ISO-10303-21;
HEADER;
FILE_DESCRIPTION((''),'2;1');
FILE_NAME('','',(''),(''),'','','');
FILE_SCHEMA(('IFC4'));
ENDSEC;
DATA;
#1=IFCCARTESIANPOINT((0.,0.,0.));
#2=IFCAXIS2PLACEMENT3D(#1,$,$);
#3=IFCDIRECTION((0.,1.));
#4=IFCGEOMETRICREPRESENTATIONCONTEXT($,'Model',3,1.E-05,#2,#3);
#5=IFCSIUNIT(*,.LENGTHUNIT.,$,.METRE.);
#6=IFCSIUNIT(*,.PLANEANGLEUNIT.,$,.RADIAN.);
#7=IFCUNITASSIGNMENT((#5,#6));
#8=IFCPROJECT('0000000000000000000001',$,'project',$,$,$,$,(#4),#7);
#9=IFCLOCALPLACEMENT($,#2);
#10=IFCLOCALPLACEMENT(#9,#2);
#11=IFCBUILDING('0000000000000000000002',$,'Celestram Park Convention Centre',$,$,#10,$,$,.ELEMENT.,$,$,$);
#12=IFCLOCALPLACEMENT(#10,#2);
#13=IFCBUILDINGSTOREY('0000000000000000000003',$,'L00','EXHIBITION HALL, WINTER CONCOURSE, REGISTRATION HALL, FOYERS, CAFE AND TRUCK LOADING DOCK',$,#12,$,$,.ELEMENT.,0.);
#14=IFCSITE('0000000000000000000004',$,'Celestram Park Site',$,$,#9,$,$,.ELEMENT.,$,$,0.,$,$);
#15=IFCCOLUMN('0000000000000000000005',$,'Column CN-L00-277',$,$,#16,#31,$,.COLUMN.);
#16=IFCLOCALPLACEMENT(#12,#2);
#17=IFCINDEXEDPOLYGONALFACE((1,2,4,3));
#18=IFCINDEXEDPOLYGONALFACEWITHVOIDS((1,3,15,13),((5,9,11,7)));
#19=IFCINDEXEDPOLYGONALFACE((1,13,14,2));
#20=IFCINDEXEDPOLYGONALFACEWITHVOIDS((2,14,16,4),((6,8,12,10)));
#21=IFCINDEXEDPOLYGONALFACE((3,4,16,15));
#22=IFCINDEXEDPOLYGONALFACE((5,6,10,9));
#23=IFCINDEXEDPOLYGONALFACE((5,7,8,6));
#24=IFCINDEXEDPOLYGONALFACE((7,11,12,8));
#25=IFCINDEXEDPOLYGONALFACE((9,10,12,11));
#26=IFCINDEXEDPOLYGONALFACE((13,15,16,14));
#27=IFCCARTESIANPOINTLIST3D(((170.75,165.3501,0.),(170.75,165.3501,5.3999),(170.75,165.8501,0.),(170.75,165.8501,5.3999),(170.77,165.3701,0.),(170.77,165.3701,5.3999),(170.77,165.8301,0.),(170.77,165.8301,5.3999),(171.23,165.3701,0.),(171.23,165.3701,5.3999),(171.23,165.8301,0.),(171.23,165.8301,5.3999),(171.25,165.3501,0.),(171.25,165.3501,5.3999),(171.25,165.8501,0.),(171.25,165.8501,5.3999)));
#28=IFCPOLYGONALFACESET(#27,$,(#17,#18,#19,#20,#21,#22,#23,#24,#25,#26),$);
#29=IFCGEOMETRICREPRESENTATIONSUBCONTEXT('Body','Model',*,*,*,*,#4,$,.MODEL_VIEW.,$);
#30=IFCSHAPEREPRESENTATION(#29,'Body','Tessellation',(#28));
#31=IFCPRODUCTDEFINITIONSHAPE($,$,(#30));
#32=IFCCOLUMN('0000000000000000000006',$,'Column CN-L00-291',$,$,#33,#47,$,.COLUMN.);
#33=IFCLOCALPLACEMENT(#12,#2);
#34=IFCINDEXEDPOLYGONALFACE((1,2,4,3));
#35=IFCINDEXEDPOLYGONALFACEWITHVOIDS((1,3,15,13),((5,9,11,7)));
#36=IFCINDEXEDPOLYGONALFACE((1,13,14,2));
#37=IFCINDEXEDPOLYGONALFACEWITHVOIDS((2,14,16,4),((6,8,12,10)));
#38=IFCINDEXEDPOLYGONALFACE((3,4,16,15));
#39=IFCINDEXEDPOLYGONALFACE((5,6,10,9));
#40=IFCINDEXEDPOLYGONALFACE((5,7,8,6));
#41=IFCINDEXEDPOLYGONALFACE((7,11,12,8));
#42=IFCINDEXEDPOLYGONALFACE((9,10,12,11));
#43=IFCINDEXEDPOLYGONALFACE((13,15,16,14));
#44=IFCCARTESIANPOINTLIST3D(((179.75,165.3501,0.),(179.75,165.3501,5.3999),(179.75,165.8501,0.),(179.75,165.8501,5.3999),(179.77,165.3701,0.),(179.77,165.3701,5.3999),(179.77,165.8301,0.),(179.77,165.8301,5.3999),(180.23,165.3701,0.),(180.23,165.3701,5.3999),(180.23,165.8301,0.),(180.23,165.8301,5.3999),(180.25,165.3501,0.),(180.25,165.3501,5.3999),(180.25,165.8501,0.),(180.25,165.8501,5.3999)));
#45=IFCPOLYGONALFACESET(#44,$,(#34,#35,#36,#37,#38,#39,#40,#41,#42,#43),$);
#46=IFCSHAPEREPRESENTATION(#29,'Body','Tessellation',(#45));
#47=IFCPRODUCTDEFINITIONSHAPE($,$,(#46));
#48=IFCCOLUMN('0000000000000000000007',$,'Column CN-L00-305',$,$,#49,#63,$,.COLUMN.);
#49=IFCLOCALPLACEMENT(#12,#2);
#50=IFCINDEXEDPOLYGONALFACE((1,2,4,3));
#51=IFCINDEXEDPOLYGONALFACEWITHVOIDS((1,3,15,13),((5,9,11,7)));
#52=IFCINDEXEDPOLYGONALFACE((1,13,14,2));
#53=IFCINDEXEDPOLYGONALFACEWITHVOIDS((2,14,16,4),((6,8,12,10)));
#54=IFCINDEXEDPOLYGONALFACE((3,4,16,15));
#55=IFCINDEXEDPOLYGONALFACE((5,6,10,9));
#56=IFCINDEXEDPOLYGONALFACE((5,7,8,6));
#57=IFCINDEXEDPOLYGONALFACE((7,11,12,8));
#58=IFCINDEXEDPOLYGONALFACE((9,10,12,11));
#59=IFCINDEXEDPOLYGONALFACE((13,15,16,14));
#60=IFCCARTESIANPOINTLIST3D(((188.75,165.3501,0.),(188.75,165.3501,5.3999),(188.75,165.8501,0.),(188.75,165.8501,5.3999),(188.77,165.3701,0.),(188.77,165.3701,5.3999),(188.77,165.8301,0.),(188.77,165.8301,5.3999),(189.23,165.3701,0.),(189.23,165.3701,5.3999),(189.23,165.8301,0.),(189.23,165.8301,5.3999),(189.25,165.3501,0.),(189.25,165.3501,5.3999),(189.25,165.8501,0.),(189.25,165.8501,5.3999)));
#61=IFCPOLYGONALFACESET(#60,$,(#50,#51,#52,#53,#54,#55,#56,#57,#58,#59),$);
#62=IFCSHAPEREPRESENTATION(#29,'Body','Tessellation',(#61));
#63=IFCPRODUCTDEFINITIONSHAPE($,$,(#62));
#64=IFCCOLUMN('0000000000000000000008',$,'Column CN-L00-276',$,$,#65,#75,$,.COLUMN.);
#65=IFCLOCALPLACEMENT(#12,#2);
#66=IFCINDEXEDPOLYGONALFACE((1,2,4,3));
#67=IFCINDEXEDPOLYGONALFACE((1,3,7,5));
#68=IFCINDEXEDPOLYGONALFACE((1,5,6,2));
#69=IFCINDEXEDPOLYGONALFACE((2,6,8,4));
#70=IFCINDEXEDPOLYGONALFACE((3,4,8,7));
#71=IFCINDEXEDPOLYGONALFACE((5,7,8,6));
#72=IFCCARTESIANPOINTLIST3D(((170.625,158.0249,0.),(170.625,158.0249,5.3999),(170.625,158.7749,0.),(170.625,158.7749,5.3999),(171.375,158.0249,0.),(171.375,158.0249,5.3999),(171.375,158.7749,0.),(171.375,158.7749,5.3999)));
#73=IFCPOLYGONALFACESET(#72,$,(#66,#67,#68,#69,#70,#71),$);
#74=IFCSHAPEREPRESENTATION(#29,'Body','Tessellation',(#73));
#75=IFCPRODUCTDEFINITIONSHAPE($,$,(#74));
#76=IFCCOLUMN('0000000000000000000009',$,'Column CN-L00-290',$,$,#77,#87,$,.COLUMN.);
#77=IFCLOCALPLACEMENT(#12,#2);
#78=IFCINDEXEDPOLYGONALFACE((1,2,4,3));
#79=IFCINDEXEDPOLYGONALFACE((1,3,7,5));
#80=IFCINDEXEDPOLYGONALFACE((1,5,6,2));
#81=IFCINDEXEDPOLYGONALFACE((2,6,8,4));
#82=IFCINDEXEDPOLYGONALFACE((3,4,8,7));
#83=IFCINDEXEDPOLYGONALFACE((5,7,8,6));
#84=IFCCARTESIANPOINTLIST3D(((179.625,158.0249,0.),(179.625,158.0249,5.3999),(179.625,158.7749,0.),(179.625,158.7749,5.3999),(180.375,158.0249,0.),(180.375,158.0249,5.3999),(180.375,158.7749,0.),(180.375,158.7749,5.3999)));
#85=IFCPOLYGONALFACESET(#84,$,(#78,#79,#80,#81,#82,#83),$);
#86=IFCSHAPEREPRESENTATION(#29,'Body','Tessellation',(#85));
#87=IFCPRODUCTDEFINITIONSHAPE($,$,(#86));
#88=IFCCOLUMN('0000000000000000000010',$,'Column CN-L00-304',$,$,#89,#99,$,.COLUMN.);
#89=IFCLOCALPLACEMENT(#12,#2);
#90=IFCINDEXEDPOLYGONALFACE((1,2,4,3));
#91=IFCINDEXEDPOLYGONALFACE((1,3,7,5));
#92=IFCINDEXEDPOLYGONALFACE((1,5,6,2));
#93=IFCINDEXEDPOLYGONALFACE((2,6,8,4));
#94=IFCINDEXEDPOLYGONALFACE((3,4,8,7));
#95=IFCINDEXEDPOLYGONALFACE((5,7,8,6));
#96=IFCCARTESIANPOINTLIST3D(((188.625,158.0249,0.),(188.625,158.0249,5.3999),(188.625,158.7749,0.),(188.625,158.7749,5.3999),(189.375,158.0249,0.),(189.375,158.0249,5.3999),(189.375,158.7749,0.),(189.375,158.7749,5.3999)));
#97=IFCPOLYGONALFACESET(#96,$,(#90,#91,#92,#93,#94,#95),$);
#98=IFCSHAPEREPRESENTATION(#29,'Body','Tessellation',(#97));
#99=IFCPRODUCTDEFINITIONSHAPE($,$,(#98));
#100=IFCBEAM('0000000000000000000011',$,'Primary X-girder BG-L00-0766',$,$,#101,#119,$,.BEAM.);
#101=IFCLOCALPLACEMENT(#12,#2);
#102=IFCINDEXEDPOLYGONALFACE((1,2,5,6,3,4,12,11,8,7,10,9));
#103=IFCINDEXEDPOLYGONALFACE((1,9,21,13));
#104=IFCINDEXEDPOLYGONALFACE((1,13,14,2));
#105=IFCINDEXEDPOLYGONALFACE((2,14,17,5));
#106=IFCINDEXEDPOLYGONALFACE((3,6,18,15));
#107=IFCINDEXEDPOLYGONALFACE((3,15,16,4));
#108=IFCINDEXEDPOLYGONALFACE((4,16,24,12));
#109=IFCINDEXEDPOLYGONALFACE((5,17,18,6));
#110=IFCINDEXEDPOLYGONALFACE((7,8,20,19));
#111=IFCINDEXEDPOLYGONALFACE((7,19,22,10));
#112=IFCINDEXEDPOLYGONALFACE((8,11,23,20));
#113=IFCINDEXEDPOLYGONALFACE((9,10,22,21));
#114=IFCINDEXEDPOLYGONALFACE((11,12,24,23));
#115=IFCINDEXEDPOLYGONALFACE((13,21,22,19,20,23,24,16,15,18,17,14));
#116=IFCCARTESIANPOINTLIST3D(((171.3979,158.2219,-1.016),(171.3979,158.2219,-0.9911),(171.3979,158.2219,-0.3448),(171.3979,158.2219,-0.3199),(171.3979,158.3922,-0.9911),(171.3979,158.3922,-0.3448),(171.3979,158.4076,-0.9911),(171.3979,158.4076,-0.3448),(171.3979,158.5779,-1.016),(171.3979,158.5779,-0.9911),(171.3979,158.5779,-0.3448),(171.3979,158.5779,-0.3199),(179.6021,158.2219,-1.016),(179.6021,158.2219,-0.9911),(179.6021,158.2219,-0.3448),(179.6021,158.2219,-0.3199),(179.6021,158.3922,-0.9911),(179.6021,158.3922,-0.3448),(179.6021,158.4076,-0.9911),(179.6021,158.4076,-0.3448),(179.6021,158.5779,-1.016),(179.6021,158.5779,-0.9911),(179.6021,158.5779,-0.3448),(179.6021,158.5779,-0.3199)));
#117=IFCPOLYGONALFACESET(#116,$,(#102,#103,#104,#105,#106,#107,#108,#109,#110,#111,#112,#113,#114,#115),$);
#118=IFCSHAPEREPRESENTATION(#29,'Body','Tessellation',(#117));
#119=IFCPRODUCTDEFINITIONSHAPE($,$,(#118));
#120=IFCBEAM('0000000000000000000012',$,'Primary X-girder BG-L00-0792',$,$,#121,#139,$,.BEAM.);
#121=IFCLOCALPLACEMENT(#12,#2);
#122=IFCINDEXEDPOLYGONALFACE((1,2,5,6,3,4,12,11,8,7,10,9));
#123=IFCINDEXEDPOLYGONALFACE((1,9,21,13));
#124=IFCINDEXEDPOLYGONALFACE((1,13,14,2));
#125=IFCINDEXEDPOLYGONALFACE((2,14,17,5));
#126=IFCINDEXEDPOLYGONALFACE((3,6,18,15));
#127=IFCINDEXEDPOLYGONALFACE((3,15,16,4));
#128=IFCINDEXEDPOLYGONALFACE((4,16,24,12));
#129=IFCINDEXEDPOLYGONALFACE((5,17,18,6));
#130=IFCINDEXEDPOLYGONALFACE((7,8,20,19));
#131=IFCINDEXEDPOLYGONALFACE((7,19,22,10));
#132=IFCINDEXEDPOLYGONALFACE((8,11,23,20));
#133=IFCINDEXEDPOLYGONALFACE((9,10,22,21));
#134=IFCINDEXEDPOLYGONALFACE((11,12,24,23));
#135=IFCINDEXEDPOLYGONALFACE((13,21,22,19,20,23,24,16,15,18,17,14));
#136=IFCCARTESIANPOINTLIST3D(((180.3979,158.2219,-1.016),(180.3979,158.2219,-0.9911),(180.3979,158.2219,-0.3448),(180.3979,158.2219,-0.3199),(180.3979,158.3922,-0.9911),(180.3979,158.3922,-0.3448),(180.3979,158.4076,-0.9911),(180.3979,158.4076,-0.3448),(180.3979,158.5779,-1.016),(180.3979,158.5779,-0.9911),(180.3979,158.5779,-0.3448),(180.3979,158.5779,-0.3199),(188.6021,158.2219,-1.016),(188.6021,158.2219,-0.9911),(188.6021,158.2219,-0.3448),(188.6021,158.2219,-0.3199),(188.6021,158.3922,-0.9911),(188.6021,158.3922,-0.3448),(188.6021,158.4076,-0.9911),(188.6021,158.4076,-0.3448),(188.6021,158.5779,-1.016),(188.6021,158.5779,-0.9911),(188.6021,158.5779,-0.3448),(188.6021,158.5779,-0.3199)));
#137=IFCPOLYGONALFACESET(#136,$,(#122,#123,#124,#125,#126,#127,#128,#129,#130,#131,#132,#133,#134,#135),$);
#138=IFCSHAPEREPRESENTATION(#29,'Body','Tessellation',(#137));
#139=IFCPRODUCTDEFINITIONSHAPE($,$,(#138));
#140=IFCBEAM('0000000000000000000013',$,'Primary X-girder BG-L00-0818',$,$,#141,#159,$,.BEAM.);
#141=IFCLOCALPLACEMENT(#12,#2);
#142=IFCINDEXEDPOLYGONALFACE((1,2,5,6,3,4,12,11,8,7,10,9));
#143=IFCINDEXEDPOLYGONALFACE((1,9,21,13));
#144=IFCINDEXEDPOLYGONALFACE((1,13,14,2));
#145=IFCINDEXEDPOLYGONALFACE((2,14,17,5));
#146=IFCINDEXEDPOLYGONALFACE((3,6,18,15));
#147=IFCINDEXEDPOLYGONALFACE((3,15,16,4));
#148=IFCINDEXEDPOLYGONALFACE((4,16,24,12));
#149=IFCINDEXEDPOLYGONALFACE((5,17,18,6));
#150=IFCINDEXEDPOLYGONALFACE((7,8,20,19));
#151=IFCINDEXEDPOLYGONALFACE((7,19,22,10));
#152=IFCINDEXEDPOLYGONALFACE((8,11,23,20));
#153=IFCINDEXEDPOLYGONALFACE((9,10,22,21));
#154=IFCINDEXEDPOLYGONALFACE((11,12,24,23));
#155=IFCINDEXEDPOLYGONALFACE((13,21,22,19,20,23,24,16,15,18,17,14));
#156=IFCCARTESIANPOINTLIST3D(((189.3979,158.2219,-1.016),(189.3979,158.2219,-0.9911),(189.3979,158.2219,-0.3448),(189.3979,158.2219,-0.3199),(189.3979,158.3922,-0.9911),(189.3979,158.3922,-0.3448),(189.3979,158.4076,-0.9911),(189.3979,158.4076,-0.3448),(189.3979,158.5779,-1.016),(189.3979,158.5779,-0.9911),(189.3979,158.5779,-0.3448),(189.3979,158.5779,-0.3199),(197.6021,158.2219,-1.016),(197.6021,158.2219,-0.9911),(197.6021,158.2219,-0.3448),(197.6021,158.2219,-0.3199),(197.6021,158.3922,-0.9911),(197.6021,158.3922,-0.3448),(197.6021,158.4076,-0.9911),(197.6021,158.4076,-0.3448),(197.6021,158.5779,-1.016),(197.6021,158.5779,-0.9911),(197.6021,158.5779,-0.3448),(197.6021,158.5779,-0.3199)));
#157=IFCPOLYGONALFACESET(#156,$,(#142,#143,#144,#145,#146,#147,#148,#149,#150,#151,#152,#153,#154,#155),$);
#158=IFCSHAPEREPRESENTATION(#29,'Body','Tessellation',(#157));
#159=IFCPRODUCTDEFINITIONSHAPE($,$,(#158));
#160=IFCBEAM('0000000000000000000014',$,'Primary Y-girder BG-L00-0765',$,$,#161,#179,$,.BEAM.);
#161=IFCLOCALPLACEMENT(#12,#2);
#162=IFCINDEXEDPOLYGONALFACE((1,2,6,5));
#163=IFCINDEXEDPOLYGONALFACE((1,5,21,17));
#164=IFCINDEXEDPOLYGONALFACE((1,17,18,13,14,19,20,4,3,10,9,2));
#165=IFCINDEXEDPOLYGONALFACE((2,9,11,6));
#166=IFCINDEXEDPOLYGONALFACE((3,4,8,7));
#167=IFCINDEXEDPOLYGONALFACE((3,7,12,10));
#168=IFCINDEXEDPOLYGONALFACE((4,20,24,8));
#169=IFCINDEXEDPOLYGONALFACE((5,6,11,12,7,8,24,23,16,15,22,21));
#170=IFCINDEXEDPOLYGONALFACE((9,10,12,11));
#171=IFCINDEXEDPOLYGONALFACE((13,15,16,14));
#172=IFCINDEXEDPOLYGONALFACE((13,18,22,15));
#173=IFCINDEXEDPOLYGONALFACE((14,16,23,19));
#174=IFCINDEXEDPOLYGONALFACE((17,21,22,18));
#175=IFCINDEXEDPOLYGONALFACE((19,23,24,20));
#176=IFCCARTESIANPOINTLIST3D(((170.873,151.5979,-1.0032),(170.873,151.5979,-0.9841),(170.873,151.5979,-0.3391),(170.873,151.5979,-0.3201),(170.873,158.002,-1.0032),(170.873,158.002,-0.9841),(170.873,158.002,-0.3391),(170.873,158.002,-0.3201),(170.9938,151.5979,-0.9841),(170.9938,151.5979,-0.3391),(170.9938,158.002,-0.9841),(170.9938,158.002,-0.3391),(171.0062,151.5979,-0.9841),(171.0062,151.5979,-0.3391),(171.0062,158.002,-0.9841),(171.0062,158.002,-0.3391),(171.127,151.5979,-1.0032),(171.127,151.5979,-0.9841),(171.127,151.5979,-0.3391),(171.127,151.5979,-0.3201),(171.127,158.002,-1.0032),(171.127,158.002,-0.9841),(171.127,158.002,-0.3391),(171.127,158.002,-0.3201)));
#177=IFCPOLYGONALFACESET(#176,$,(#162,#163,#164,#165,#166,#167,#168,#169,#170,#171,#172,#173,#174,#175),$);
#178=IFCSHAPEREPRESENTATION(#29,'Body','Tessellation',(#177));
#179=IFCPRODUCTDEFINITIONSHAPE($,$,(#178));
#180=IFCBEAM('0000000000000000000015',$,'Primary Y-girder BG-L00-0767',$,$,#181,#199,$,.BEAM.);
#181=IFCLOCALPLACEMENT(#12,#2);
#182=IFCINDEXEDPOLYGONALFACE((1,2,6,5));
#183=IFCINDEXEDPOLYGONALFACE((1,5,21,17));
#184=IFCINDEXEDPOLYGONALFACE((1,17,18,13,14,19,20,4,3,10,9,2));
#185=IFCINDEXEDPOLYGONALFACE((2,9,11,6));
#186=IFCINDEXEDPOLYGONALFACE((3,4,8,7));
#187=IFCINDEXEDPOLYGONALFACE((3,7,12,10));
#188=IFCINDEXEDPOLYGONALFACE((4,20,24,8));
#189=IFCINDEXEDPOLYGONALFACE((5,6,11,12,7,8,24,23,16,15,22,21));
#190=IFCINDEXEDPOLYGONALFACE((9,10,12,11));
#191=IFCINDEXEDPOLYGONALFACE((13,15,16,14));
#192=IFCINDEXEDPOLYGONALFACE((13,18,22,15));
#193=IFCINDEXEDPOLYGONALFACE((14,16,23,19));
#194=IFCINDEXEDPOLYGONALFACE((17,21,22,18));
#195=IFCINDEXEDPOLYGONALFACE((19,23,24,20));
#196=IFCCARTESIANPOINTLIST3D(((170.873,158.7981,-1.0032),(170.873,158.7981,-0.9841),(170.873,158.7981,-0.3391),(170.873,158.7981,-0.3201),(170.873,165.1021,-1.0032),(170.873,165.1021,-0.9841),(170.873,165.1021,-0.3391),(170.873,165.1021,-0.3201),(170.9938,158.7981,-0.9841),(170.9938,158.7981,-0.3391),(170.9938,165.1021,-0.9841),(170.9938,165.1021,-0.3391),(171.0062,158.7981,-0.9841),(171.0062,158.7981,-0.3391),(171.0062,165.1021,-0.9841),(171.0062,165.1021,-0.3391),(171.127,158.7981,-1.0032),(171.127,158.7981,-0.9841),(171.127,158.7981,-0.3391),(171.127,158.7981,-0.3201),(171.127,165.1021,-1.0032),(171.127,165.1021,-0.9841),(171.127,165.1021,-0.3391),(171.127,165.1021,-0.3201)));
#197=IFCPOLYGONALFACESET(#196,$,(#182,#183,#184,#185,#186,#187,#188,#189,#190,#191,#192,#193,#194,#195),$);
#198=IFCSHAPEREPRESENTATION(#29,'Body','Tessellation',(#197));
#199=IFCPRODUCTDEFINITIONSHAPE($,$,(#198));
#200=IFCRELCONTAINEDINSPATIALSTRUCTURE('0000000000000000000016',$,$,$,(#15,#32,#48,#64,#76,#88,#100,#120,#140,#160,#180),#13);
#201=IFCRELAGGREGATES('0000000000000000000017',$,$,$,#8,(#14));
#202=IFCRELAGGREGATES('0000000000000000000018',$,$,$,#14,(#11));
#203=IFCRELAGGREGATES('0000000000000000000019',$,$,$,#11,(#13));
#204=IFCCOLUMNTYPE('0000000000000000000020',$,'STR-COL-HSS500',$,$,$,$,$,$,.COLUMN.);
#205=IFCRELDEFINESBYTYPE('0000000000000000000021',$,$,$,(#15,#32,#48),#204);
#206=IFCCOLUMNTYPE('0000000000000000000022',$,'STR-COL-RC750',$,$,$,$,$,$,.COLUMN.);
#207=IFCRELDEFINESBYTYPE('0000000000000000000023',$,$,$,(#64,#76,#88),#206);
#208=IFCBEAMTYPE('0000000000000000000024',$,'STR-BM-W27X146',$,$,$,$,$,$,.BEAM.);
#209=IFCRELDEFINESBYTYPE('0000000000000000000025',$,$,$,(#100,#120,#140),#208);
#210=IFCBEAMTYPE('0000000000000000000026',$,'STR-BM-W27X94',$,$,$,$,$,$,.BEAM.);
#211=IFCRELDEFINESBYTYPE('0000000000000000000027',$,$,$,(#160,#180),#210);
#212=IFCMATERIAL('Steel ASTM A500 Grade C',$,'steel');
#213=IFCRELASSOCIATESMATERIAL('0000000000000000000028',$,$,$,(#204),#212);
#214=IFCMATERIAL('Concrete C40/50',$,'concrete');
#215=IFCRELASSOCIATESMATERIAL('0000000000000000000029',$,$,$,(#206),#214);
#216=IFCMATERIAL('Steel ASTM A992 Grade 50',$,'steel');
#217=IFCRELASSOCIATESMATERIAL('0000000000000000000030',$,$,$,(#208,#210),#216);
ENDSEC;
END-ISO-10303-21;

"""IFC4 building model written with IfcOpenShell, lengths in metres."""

from ifc_helpers import new_model, si_unit, direction, frame, origin, origin_2d, place, context, subcontext, project, spatial, rectangle, hollow_rectangle, i_section, extrude, material, material_profile, profile_set, type_object, element, save


model = new_model("IFC4")

# Units and contexts
model_context = context("Model", 3, precision=1e-05, world=origin(), true_north=direction((0.0, 1.0)))
body_context = subcontext(model_context, "Body", "Model", "MODEL_VIEW")
ifc_project = project(units=[si_unit("LENGTHUNIT", "METRE"), si_unit("PLANEANGLEUNIT", "RADIAN")], contexts=[model_context])

# Site, building, storey
site_placement = place(None, origin())
site = spatial("IfcSite", under=ifc_project, at=site_placement, Name="Celestram Park Site", CompositionType="ELEMENT", RefElevation=0.0)
building_placement = place(site_placement, origin())
building = spatial("IfcBuilding", under=site, at=building_placement, Name="Celestram Park Convention Centre", CompositionType="ELEMENT")
storey_placement = place(building_placement, origin())
storey = spatial("IfcBuildingStorey", under=building, at=storey_placement, Name="L00", Description="EXHIBITION HALL, WINTER CONCOURSE, REGISTRATION HALL, FOYERS, CAFE AND TRUCK LOADING DOCK", CompositionType="ELEMENT", Elevation=0.0)

# Columns
ifc_material_1 = material(Name="Steel ASTM A500 Grade C", Category="steel")
ifc_material_profile_1 = material_profile(ifc_material_1, hollow_rectangle(XDim=0.5, YDim=0.5, WallThickness=0.02, at=origin_2d()), Name="HSS500X500X20")
ifc_profile_set_1 = profile_set([ifc_material_profile_1], Name="Steel ASTM A500 Grade C")
column_type_1 = type_object("IfcColumnType", Name="STR-COL-HSS500", PredefinedType="COLUMN", material=ifc_profile_set_1)
for number, where, z_axis, x_axis, name in (
    (1, (171.0, 165.6001, 0.0), (0.0, 0.0, 1.0), (1.0, 0.0, 0.0), "Column CN-L00-277"),
    (2, (180.0, 165.6001, 0.0), (0.0, 0.0, 1.0), (1.0, 0.0, 0.0), "Column CN-L00-291"),
    (3, (189.0, 165.6001, 0.0), (0.0, 0.0, 1.0), (1.0, 0.0, 0.0), "Column CN-L00-305"),
):
    element("IfcColumn", number, at=place(storey_placement, frame(where, z_axis=z_axis, x_axis=x_axis)), inside=storey, type_object=column_type_1, Name=name, PredefinedType="COLUMN", context=body_context, shape_type="SweptSolid", body=[
        extrude(hollow_rectangle(XDim=0.5, YDim=0.5, WallThickness=0.02, at=origin_2d()), origin(), (0.0, 0.0, 1.0), 5.3999),
    ])
ifc_material_2 = material(Name="Concrete C40/50", Category="concrete")
ifc_material_profile_2 = material_profile(ifc_material_2, rectangle(XDim=0.75, YDim=0.75, at=origin_2d()), Name="RC750X750")
ifc_profile_set_2 = profile_set([ifc_material_profile_2], Name="Concrete C40/50")
column_type_2 = type_object("IfcColumnType", Name="STR-COL-RC750", PredefinedType="COLUMN", material=ifc_profile_set_2)
for number, where, z_axis, x_axis, name in (
    (4, (171.0, 158.3999, 0.0), (0.0, 0.0, 1.0), (1.0, 0.0, 0.0), "Column CN-L00-276"),
    (5, (180.0, 158.3999, 0.0), (0.0, 0.0, 1.0), (1.0, 0.0, 0.0), "Column CN-L00-290"),
    (6, (189.0, 158.3999, 0.0), (0.0, 0.0, 1.0), (1.0, 0.0, 0.0), "Column CN-L00-304"),
):
    element("IfcColumn", number, at=place(storey_placement, frame(where, z_axis=z_axis, x_axis=x_axis)), inside=storey, type_object=column_type_2, Name=name, PredefinedType="COLUMN", context=body_context, shape_type="SweptSolid", body=[
        extrude(rectangle(XDim=0.75, YDim=0.75, at=origin_2d()), origin(), (0.0, 0.0, 1.0), 5.3999),
    ])

# Beams
ifc_material_3 = material(Name="Steel ASTM A992 Grade 50", Category="steel")
ifc_material_profile_3 = material_profile(ifc_material_3, i_section(OverallWidth=0.356, OverallDepth=0.696, WebThickness=0.0154, FlangeThickness=0.0249, at=origin_2d()), Name="W27X146")
ifc_profile_set_3 = profile_set([ifc_material_profile_3], Name="Steel ASTM A992 Grade 50")
beam_type_1 = type_object("IfcBeamType", Name="STR-BM-W27X146", PredefinedType="BEAM", material=ifc_profile_set_3)
for number, where, z_axis, x_axis, name in (
    (7, (171.3979, 158.3999, -0.668), (1.0, 0.0, 0.0), (0.0, 1.0, 0.0), "Primary X-girder BG-L00-0766"),
    (8, (180.3979, 158.3999, -0.668), (1.0, 0.0, 0.0), (0.0, 1.0, 0.0), "Primary X-girder BG-L00-0792"),
    (9, (189.3979, 158.3999, -0.668), (1.0, 0.0, 0.0), (0.0, 1.0, 0.0), "Primary X-girder BG-L00-0818"),
):
    element("IfcBeam", number, at=place(storey_placement, frame(where, z_axis=z_axis, x_axis=x_axis)), inside=storey, type_object=beam_type_1, Name=name, PredefinedType="BEAM", context=body_context, shape_type="SweptSolid", body=[
        extrude(i_section(OverallWidth=0.356, OverallDepth=0.696, WebThickness=0.0154, FlangeThickness=0.0249, at=origin_2d()), origin(), (0.0, 0.0, 1.0), 8.2041),
    ])
ifc_material_profile_4 = material_profile(ifc_material_3, i_section(OverallWidth=0.2539, OverallDepth=0.6831, WebThickness=0.0125, FlangeThickness=0.019, at=origin_2d()), Name="W27X94")
ifc_profile_set_4 = profile_set([ifc_material_profile_4], Name="Steel ASTM A992 Grade 50")
beam_type_2 = type_object("IfcBeamType", Name="STR-BM-W27X94", PredefinedType="BEAM", material=ifc_profile_set_4)
beam_1_placement = place(storey_placement, frame((171.0, 151.5979, -0.6616), z_axis=(0.0, 1.0, 0.0), x_axis=(-1.0, 0.0, 0.0)))
element("IfcBeam", 10, at=beam_1_placement, inside=storey, type_object=beam_type_2, Name="Primary Y-girder BG-L00-0765", PredefinedType="BEAM", context=body_context, shape_type="SweptSolid", body=[
    extrude(i_section(OverallWidth=0.2539, OverallDepth=0.6831, WebThickness=0.0125, FlangeThickness=0.019, at=origin_2d()), origin(), (0.0, 0.0, 1.0), 6.4041),
])
beam_2_placement = place(storey_placement, frame((171.0, 158.7981, -0.6616), z_axis=(0.0, 1.0, 0.0), x_axis=(-1.0, 0.0, 0.0)))
element("IfcBeam", 11, at=beam_2_placement, inside=storey, type_object=beam_type_2, Name="Primary Y-girder BG-L00-0767", PredefinedType="BEAM", context=body_context, shape_type="SweptSolid", body=[
    extrude(i_section(OverallWidth=0.2539, OverallDepth=0.6831, WebThickness=0.0125, FlangeThickness=0.019, at=origin_2d()), origin(), (0.0, 0.0, 1.0), 6.304),
])

save(model, "model.ifc")
